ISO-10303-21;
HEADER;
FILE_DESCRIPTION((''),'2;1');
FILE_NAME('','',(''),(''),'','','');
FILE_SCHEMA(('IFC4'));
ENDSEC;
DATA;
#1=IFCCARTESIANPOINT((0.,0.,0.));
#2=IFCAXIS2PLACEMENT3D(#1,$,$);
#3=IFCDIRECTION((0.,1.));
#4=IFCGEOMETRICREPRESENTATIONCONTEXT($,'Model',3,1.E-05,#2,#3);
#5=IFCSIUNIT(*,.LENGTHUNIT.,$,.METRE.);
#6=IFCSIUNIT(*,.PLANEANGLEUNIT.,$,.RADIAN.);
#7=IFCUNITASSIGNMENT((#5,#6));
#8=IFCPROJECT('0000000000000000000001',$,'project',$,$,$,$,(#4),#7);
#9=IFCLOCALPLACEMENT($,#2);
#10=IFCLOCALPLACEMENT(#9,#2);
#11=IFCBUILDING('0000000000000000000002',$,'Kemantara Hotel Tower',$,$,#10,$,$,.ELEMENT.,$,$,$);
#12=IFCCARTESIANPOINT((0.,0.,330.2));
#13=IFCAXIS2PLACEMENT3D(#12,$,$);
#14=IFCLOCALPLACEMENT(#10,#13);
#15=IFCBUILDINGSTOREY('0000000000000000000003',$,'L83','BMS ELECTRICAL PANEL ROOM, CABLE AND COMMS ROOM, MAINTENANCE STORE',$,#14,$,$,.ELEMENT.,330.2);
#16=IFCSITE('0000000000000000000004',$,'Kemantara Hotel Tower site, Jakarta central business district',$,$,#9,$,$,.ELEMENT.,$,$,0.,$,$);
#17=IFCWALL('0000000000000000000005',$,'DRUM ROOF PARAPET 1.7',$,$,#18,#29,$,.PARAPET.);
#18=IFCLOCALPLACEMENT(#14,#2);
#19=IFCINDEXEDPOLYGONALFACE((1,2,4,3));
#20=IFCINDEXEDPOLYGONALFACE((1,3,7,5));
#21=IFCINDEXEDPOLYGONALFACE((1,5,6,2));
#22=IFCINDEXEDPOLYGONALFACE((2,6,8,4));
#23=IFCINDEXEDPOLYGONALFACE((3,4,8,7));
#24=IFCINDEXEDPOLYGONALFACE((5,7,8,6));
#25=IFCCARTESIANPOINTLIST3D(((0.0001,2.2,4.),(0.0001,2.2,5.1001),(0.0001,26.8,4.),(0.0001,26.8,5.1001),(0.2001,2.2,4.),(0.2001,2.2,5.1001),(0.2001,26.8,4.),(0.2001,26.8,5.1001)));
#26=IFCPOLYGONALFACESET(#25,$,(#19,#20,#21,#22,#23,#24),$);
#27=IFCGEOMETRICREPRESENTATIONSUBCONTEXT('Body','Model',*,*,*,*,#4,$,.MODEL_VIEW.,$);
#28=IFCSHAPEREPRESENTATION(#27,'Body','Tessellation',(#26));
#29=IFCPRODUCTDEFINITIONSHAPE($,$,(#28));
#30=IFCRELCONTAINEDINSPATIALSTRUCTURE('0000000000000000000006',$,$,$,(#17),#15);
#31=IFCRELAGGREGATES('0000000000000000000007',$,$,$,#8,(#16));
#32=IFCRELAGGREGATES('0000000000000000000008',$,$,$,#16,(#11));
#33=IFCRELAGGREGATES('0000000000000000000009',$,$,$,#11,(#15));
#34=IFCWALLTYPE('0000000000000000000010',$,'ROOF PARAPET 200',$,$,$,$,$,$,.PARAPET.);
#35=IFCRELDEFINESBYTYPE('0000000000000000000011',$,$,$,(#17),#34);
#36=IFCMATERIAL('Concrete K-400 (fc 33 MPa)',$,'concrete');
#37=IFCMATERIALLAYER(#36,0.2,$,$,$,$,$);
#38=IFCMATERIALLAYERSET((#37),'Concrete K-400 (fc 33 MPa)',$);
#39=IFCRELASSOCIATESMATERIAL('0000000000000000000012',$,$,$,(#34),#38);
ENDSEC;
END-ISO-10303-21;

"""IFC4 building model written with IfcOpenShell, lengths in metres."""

from ifc_helpers import new_model, si_unit, direction, frame, frame_2d, origin, place, context, subcontext, project, spatial, rectangle, extrude, material, layer, layer_set, type_object, element, save


model = new_model("IFC4")

# Units and contexts
model_context = context("Model", 3, precision=1e-05, world=origin(), true_north=direction((0.0, 1.0)))
body_context = subcontext(model_context, "Body", "Model", "MODEL_VIEW")
ifc_project = project(units=[si_unit("LENGTHUNIT", "METRE"), si_unit("PLANEANGLEUNIT", "RADIAN")], contexts=[model_context])

# Site, building, storey
site_placement = place(None, origin())
site = spatial("IfcSite", under=ifc_project, at=site_placement, Name="Kemantara Hotel Tower site, Jakarta central business district", CompositionType="ELEMENT", RefElevation=0.0)
building_placement = place(site_placement, origin())
building = spatial("IfcBuilding", under=site, at=building_placement, Name="Kemantara Hotel Tower", CompositionType="ELEMENT")
storey_placement = place(building_placement, frame((0.0, 0.0, 330.2)))
storey = spatial("IfcBuildingStorey", under=building, at=storey_placement, Name="L83", Description="BMS ELECTRICAL PANEL ROOM, CABLE AND COMMS ROOM, MAINTENANCE STORE", CompositionType="ELEMENT", Elevation=330.2)

# Wall
ifc_material_1 = material(Name="Concrete K-400 (fc 33 MPa)", Category="concrete")
ifc_layer_1 = layer(ifc_material_1, 0.2)
ifc_layer_set_1 = layer_set([ifc_layer_1], Name="Concrete K-400 (fc 33 MPa)")
wall_type_1 = type_object("IfcWallType", Name="ROOF PARAPET 200", PredefinedType="PARAPET", material=ifc_layer_set_1)
wall_1_placement = place(storey_placement, frame((0.1001, 26.8, 4.0), z_axis=(0.0, 0.0, 1.0), x_axis=(0.0, -1.0, 0.0)))
element("IfcWall", 1, at=wall_1_placement, inside=storey, type_object=wall_type_1, Name="DRUM ROOF PARAPET 1.7", PredefinedType="PARAPET", context=body_context, shape_type="SweptSolid", body=[
    extrude(rectangle(XDim=24.6001, YDim=0.2, at=frame_2d((12.3, 0.0))), origin(), (0.0, 0.0, 1.0), 1.1001),
])

save(model, "model.ifc")
